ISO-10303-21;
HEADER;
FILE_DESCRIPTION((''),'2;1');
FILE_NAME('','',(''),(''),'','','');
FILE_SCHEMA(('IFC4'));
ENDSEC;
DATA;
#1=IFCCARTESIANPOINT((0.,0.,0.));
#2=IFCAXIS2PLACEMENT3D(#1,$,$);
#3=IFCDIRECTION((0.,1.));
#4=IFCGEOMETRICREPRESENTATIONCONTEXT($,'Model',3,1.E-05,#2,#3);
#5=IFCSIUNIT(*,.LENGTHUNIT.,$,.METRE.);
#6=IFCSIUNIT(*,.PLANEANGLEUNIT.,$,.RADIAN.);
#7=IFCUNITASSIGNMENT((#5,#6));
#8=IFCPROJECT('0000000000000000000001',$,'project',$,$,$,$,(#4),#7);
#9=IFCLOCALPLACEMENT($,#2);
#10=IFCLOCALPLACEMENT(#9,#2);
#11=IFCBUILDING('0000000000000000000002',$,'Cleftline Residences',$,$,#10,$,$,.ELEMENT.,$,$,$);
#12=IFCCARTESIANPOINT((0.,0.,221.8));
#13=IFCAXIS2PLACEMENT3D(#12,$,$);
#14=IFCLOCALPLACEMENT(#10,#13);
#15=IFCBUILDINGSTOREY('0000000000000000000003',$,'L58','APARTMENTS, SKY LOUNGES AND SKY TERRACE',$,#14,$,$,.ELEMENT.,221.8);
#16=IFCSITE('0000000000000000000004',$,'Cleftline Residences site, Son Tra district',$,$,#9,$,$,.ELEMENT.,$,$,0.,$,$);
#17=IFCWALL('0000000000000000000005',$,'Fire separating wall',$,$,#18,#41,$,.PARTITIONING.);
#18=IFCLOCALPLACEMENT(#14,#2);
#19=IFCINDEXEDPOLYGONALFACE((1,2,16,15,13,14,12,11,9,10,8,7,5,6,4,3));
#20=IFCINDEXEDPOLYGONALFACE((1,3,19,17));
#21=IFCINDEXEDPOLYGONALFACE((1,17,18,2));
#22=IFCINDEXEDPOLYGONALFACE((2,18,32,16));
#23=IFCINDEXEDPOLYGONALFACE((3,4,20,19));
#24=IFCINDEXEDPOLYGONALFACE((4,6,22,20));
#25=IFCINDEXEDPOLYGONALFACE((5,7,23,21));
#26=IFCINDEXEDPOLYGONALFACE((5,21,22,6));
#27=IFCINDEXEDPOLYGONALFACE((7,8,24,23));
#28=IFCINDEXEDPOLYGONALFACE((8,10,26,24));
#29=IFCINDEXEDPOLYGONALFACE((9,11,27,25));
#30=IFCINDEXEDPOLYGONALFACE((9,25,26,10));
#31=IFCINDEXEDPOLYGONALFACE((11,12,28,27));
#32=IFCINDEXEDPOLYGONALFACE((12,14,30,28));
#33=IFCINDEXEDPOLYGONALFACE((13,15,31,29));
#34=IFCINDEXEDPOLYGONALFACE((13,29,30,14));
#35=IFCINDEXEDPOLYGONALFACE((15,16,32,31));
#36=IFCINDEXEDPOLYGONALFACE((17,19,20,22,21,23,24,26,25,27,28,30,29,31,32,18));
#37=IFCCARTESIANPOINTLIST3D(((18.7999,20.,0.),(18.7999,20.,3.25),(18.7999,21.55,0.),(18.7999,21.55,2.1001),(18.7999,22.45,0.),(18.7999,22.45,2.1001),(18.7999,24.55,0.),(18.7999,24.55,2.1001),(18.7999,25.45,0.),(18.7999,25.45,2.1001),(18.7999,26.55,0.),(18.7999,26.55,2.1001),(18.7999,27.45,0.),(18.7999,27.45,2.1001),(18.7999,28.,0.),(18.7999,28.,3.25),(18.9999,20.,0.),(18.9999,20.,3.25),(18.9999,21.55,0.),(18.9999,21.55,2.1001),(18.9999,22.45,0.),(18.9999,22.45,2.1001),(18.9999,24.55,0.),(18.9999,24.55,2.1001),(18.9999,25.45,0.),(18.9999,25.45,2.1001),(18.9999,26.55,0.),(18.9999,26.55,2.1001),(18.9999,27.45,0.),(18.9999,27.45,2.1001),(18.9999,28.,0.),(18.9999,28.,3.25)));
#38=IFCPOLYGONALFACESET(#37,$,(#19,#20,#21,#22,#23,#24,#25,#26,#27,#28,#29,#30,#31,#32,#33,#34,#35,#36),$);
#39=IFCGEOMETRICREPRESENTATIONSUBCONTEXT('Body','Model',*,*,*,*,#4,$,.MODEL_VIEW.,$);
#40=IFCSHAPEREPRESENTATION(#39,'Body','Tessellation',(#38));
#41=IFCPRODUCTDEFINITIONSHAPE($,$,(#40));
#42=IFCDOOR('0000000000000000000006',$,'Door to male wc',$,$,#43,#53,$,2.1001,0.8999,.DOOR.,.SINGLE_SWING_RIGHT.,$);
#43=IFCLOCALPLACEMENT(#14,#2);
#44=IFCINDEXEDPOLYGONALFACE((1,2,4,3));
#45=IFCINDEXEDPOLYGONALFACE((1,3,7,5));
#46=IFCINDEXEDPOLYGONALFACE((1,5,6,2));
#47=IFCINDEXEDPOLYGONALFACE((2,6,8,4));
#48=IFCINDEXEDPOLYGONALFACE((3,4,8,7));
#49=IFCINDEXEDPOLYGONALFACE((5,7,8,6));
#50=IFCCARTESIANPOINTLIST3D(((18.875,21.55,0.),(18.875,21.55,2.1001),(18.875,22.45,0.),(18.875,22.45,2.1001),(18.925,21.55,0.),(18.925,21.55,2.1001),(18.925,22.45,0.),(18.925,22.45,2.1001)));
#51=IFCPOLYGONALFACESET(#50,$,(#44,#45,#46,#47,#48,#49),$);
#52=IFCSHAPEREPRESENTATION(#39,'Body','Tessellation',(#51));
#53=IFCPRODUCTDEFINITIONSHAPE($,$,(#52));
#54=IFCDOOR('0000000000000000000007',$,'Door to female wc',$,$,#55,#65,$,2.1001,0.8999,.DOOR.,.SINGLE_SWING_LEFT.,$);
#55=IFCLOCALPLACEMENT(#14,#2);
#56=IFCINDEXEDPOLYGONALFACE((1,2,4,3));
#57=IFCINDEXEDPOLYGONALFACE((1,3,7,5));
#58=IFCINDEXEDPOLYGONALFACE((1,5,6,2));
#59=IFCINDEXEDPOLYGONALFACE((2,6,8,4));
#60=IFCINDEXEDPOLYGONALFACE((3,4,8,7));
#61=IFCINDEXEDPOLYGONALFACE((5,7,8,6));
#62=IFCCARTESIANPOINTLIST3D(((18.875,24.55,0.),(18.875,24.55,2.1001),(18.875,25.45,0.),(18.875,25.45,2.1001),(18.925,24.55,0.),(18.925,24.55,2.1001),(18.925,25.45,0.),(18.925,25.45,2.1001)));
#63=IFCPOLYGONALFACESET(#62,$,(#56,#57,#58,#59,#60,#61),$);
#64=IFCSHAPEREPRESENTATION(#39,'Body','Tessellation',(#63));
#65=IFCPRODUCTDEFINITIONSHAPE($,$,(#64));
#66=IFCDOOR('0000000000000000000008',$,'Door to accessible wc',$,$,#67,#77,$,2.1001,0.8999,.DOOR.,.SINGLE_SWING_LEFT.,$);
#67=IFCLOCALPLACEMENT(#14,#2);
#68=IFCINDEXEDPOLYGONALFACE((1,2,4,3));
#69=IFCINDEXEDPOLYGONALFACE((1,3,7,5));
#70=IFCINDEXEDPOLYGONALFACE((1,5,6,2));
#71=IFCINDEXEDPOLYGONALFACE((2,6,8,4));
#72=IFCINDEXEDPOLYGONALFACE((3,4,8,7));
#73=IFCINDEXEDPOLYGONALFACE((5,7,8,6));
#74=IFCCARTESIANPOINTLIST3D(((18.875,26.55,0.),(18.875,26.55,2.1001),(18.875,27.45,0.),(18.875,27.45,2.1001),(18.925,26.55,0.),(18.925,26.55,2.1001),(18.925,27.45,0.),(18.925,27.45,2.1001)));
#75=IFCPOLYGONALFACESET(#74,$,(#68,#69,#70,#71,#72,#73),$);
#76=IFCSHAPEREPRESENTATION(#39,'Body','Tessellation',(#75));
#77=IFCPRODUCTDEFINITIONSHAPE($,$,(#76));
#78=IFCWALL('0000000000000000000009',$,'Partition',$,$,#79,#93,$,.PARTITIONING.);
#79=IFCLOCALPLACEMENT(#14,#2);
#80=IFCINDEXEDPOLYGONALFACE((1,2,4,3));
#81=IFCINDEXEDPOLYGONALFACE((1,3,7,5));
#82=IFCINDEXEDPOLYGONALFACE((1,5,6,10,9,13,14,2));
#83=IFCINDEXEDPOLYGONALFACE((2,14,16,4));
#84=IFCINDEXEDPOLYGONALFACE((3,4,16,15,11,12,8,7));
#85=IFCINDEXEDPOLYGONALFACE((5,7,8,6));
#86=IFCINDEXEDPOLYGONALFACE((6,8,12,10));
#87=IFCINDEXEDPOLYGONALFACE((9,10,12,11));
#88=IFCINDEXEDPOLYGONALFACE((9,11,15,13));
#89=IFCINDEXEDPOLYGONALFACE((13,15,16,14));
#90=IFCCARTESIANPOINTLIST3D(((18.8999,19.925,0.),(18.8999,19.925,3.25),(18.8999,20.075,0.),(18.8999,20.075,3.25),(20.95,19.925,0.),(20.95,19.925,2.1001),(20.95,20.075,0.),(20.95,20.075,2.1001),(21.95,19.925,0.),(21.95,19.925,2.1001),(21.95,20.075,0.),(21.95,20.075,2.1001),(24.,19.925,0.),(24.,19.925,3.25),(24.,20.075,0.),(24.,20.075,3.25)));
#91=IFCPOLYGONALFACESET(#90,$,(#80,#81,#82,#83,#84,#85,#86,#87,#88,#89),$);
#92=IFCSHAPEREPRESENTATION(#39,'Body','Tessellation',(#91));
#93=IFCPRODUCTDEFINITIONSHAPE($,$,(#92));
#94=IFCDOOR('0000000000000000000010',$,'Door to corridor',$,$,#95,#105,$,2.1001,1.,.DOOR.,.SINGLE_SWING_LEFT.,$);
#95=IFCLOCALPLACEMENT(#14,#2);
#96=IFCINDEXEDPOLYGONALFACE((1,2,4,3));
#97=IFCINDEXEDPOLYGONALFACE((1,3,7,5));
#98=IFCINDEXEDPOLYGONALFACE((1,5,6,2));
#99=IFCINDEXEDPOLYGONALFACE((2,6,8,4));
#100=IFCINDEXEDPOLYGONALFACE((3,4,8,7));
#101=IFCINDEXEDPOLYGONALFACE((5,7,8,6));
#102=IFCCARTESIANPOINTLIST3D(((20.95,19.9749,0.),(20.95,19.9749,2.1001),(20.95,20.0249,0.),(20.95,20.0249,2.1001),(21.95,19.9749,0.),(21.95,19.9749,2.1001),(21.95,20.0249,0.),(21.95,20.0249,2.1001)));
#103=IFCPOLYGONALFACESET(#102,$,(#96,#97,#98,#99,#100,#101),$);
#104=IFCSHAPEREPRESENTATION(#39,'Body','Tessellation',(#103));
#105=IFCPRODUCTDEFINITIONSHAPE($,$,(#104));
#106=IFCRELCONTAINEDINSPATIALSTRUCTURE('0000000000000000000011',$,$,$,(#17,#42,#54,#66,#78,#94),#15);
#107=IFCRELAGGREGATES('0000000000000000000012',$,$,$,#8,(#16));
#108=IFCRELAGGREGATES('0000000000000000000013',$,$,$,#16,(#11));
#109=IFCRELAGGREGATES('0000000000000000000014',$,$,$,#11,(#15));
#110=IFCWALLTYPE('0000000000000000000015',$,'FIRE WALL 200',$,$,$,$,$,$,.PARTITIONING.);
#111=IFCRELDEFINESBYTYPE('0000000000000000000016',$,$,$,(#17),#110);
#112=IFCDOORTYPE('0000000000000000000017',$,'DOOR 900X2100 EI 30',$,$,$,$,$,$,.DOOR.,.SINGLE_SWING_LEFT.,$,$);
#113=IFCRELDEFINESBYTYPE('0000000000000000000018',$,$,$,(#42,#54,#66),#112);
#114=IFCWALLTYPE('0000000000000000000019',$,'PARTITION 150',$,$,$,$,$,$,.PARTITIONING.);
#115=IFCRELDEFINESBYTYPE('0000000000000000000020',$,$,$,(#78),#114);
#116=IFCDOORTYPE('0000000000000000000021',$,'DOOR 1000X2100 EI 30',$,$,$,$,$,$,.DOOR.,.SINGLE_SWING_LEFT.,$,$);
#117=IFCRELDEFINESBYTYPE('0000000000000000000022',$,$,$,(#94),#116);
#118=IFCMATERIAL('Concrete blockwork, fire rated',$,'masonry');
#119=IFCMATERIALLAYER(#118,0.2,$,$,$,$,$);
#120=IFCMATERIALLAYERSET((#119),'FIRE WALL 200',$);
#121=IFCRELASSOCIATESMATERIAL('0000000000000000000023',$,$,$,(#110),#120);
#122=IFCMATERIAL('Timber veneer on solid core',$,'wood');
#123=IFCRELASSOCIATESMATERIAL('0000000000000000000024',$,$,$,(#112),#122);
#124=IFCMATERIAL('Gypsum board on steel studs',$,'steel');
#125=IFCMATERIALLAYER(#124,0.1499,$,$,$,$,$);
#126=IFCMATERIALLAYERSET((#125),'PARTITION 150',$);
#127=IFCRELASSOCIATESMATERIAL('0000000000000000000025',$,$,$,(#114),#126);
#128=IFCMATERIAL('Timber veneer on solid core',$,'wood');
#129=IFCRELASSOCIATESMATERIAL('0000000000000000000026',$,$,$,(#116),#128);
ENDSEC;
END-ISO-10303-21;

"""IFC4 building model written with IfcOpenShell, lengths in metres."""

from ifc_helpers import new_model, si_unit, direction, frame, frame_2d, origin, place, context, subcontext, project, spatial, rectangle, extrude, material, layer, layer_set, type_object, element, fill, save


model = new_model("IFC4")

# Units and contexts
model_context = context("Model", 3, precision=1e-05, world=origin(), true_north=direction((0.0, 1.0)))
body_context = subcontext(model_context, "Body", "Model", "MODEL_VIEW")
ifc_project = project(units=[si_unit("LENGTHUNIT", "METRE"), si_unit("PLANEANGLEUNIT", "RADIAN")], contexts=[model_context])

# Site, building, storey
site_placement = place(None, origin())
site = spatial("IfcSite", under=ifc_project, at=site_placement, Name="Cleftline Residences site, Son Tra district", CompositionType="ELEMENT", RefElevation=0.0)
building_placement = place(site_placement, origin())
building = spatial("IfcBuilding", under=site, at=building_placement, Name="Cleftline Residences", CompositionType="ELEMENT")
storey_placement = place(building_placement, frame((0.0, 0.0, 221.8)))
storey = spatial("IfcBuildingStorey", under=building, at=storey_placement, Name="L58", Description="APARTMENTS, SKY LOUNGES AND SKY TERRACE", CompositionType="ELEMENT", Elevation=221.8)

# Shared definitions
ifc_material_1 = material(Name="Concrete blockwork, fire rated", Category="masonry")
ifc_layer_1 = layer(ifc_material_1, 0.2)
ifc_layer_set_1 = layer_set([ifc_layer_1], Name="FIRE WALL 200")
wall_type_1 = type_object("IfcWallType", Name="FIRE WALL 200", PredefinedType="PARTITIONING", material=ifc_layer_set_1)

# Wall, openings, doors
wall_1_placement = place(storey_placement, frame((18.8999, 20.0, 0.0), z_axis=(0.0, 0.0, 1.0), x_axis=(0.0, 1.0, 0.0)))
wall_1 = element("IfcWall", 1, at=wall_1_placement, inside=storey, type_object=wall_type_1, Name="Fire separating wall", PredefinedType="PARTITIONING", context=body_context, shape_type="SweptSolid", body=[
    extrude(rectangle(XDim=8.0, YDim=0.2, at=frame_2d((4.0, 0.0))), origin(), (0.0, 0.0, 1.0), 3.25),
])
opening_1_placement = place(wall_1_placement, frame((1.55, 0.0, 0.0)))
opening_1 = element("IfcOpeningElement", 2, at=opening_1_placement, cuts=wall_1, PredefinedType="OPENING", context=body_context, shape_type="SweptSolid", body=[
    extrude(rectangle(XDim=0.8999, YDim=2.1001, at=frame_2d((0.45, 1.05))), frame((0.0, 0.1099, 0.0), z_axis=(0.0, -1.0, 0.0), x_axis=(1.0, 0.0, 0.0)), (0.0, 0.0, 1.0), 0.22),
])
opening_2_placement = place(wall_1_placement, frame((4.55, 0.0, 0.0)))
opening_2 = element("IfcOpeningElement", 3, at=opening_2_placement, cuts=wall_1, PredefinedType="OPENING", context=body_context, shape_type="SweptSolid", body=[
    extrude(rectangle(XDim=0.8999, YDim=2.1001, at=frame_2d((0.45, 1.05))), frame((0.0, 0.1099, 0.0), z_axis=(0.0, -1.0, 0.0), x_axis=(1.0, 0.0, 0.0)), (0.0, 0.0, 1.0), 0.22),
])
opening_3_placement = place(wall_1_placement, frame((6.55, 0.0, 0.0)))
opening_3 = element("IfcOpeningElement", 4, at=opening_3_placement, cuts=wall_1, PredefinedType="OPENING", context=body_context, shape_type="SweptSolid", body=[
    extrude(rectangle(XDim=0.8999, YDim=2.1001, at=frame_2d((0.45, 1.05))), frame((0.0, 0.1099, 0.0), z_axis=(0.0, -1.0, 0.0), x_axis=(1.0, 0.0, 0.0)), (0.0, 0.0, 1.0), 0.22),
])
ifc_material_2 = material(Name="Timber veneer on solid core", Category="wood")
door_type_1 = type_object("IfcDoorType", Name="DOOR 900X2100 EI 30", OperationType="SINGLE_SWING_LEFT", PredefinedType="DOOR", material=ifc_material_2)
door_1_placement = place(opening_1_placement, origin())
door_1 = element("IfcDoor", 5, at=door_1_placement, inside=storey, type_object=door_type_1, Name="Door to male wc", OperationType="SINGLE_SWING_RIGHT", OverallHeight=2.1001, OverallWidth=0.8999, PredefinedType="DOOR", context=body_context, shape_type="SweptSolid", body=[
    extrude(rectangle(XDim=0.8999, YDim=2.1001, at=frame_2d((0.45, 1.05))), frame((0.0, 0.0249, 0.0), z_axis=(0.0, -1.0, 0.0), x_axis=(1.0, 0.0, 0.0)), (0.0, 0.0, 1.0), 0.05),
])
fill(opening_1, door_1)
door_2_placement = place(opening_2_placement, origin())
door_2 = element("IfcDoor", 6, at=door_2_placement, inside=storey, type_object=door_type_1, Name="Door to female wc", OperationType="SINGLE_SWING_LEFT", OverallHeight=2.1001, OverallWidth=0.8999, PredefinedType="DOOR", context=body_context, shape_type="SweptSolid", body=[
    extrude(rectangle(XDim=0.8999, YDim=2.1001, at=frame_2d((0.45, 1.05))), frame((0.0, 0.0249, 0.0), z_axis=(0.0, -1.0, 0.0), x_axis=(1.0, 0.0, 0.0)), (0.0, 0.0, 1.0), 0.05),
])
fill(opening_2, door_2)
door_3_placement = place(opening_3_placement, origin())
door_3 = element("IfcDoor", 7, at=door_3_placement, inside=storey, type_object=door_type_1, Name="Door to accessible wc", OperationType="SINGLE_SWING_LEFT", OverallHeight=2.1001, OverallWidth=0.8999, PredefinedType="DOOR", context=body_context, shape_type="SweptSolid", body=[
    extrude(rectangle(XDim=0.8999, YDim=2.1001, at=frame_2d((0.45, 1.05))), frame((0.0, 0.0249, 0.0), z_axis=(0.0, -1.0, 0.0), x_axis=(1.0, 0.0, 0.0)), (0.0, 0.0, 1.0), 0.05),
])
fill(opening_3, door_3)

# Wall, opening, door
ifc_material_3 = material(Name="Gypsum board on steel studs", Category="steel")
ifc_layer_2 = layer(ifc_material_3, 0.1499)
ifc_layer_set_2 = layer_set([ifc_layer_2], Name="PARTITION 150")
wall_type_2 = type_object("IfcWallType", Name="PARTITION 150", PredefinedType="PARTITIONING", material=ifc_layer_set_2)
wall_2_placement = place(storey_placement, frame((18.8999, 20.0, 0.0), z_axis=(0.0, 0.0, 1.0), x_axis=(1.0, 0.0, 0.0)))
wall_2 = element("IfcWall", 8, at=wall_2_placement, inside=storey, type_object=wall_type_2, Name="Partition", PredefinedType="PARTITIONING", context=body_context, shape_type="SweptSolid", body=[
    extrude(rectangle(XDim=5.1001, YDim=0.1499, at=frame_2d((2.55, 0.0))), origin(), (0.0, 0.0, 1.0), 3.25),
])
opening_4_placement = place(wall_2_placement, frame((2.05, 0.0, 0.0)))
opening_4 = element("IfcOpeningElement", 9, at=opening_4_placement, cuts=wall_2, PredefinedType="OPENING", context=body_context, shape_type="SweptSolid", body=[
    extrude(rectangle(XDim=1.0, YDim=2.1001, at=frame_2d((0.5, 1.05))), frame((0.0, 0.085, 0.0), z_axis=(0.0, -1.0, 0.0), x_axis=(1.0, 0.0, 0.0)), (0.0, 0.0, 1.0), 0.1699),
])
ifc_material_4 = material(Name="Timber veneer on solid core", Category="wood")
door_type_2 = type_object("IfcDoorType", Name="DOOR 1000X2100 EI 30", OperationType="SINGLE_SWING_LEFT", PredefinedType="DOOR", material=ifc_material_4)
door_4_placement = place(opening_4_placement, origin())
door_4 = element("IfcDoor", 10, at=door_4_placement, inside=storey, type_object=door_type_2, Name="Door to corridor", OperationType="SINGLE_SWING_LEFT", OverallHeight=2.1001, OverallWidth=1.0, PredefinedType="DOOR", context=body_context, shape_type="SweptSolid", body=[
    extrude(rectangle(XDim=1.0, YDim=2.1001, at=frame_2d((0.5, 1.05))), frame((0.0, 0.0249, 0.0), z_axis=(0.0, -1.0, 0.0), x_axis=(1.0, 0.0, 0.0)), (0.0, 0.0, 1.0), 0.05),
])
fill(opening_4, door_4)

save(model, "model.ifc")
